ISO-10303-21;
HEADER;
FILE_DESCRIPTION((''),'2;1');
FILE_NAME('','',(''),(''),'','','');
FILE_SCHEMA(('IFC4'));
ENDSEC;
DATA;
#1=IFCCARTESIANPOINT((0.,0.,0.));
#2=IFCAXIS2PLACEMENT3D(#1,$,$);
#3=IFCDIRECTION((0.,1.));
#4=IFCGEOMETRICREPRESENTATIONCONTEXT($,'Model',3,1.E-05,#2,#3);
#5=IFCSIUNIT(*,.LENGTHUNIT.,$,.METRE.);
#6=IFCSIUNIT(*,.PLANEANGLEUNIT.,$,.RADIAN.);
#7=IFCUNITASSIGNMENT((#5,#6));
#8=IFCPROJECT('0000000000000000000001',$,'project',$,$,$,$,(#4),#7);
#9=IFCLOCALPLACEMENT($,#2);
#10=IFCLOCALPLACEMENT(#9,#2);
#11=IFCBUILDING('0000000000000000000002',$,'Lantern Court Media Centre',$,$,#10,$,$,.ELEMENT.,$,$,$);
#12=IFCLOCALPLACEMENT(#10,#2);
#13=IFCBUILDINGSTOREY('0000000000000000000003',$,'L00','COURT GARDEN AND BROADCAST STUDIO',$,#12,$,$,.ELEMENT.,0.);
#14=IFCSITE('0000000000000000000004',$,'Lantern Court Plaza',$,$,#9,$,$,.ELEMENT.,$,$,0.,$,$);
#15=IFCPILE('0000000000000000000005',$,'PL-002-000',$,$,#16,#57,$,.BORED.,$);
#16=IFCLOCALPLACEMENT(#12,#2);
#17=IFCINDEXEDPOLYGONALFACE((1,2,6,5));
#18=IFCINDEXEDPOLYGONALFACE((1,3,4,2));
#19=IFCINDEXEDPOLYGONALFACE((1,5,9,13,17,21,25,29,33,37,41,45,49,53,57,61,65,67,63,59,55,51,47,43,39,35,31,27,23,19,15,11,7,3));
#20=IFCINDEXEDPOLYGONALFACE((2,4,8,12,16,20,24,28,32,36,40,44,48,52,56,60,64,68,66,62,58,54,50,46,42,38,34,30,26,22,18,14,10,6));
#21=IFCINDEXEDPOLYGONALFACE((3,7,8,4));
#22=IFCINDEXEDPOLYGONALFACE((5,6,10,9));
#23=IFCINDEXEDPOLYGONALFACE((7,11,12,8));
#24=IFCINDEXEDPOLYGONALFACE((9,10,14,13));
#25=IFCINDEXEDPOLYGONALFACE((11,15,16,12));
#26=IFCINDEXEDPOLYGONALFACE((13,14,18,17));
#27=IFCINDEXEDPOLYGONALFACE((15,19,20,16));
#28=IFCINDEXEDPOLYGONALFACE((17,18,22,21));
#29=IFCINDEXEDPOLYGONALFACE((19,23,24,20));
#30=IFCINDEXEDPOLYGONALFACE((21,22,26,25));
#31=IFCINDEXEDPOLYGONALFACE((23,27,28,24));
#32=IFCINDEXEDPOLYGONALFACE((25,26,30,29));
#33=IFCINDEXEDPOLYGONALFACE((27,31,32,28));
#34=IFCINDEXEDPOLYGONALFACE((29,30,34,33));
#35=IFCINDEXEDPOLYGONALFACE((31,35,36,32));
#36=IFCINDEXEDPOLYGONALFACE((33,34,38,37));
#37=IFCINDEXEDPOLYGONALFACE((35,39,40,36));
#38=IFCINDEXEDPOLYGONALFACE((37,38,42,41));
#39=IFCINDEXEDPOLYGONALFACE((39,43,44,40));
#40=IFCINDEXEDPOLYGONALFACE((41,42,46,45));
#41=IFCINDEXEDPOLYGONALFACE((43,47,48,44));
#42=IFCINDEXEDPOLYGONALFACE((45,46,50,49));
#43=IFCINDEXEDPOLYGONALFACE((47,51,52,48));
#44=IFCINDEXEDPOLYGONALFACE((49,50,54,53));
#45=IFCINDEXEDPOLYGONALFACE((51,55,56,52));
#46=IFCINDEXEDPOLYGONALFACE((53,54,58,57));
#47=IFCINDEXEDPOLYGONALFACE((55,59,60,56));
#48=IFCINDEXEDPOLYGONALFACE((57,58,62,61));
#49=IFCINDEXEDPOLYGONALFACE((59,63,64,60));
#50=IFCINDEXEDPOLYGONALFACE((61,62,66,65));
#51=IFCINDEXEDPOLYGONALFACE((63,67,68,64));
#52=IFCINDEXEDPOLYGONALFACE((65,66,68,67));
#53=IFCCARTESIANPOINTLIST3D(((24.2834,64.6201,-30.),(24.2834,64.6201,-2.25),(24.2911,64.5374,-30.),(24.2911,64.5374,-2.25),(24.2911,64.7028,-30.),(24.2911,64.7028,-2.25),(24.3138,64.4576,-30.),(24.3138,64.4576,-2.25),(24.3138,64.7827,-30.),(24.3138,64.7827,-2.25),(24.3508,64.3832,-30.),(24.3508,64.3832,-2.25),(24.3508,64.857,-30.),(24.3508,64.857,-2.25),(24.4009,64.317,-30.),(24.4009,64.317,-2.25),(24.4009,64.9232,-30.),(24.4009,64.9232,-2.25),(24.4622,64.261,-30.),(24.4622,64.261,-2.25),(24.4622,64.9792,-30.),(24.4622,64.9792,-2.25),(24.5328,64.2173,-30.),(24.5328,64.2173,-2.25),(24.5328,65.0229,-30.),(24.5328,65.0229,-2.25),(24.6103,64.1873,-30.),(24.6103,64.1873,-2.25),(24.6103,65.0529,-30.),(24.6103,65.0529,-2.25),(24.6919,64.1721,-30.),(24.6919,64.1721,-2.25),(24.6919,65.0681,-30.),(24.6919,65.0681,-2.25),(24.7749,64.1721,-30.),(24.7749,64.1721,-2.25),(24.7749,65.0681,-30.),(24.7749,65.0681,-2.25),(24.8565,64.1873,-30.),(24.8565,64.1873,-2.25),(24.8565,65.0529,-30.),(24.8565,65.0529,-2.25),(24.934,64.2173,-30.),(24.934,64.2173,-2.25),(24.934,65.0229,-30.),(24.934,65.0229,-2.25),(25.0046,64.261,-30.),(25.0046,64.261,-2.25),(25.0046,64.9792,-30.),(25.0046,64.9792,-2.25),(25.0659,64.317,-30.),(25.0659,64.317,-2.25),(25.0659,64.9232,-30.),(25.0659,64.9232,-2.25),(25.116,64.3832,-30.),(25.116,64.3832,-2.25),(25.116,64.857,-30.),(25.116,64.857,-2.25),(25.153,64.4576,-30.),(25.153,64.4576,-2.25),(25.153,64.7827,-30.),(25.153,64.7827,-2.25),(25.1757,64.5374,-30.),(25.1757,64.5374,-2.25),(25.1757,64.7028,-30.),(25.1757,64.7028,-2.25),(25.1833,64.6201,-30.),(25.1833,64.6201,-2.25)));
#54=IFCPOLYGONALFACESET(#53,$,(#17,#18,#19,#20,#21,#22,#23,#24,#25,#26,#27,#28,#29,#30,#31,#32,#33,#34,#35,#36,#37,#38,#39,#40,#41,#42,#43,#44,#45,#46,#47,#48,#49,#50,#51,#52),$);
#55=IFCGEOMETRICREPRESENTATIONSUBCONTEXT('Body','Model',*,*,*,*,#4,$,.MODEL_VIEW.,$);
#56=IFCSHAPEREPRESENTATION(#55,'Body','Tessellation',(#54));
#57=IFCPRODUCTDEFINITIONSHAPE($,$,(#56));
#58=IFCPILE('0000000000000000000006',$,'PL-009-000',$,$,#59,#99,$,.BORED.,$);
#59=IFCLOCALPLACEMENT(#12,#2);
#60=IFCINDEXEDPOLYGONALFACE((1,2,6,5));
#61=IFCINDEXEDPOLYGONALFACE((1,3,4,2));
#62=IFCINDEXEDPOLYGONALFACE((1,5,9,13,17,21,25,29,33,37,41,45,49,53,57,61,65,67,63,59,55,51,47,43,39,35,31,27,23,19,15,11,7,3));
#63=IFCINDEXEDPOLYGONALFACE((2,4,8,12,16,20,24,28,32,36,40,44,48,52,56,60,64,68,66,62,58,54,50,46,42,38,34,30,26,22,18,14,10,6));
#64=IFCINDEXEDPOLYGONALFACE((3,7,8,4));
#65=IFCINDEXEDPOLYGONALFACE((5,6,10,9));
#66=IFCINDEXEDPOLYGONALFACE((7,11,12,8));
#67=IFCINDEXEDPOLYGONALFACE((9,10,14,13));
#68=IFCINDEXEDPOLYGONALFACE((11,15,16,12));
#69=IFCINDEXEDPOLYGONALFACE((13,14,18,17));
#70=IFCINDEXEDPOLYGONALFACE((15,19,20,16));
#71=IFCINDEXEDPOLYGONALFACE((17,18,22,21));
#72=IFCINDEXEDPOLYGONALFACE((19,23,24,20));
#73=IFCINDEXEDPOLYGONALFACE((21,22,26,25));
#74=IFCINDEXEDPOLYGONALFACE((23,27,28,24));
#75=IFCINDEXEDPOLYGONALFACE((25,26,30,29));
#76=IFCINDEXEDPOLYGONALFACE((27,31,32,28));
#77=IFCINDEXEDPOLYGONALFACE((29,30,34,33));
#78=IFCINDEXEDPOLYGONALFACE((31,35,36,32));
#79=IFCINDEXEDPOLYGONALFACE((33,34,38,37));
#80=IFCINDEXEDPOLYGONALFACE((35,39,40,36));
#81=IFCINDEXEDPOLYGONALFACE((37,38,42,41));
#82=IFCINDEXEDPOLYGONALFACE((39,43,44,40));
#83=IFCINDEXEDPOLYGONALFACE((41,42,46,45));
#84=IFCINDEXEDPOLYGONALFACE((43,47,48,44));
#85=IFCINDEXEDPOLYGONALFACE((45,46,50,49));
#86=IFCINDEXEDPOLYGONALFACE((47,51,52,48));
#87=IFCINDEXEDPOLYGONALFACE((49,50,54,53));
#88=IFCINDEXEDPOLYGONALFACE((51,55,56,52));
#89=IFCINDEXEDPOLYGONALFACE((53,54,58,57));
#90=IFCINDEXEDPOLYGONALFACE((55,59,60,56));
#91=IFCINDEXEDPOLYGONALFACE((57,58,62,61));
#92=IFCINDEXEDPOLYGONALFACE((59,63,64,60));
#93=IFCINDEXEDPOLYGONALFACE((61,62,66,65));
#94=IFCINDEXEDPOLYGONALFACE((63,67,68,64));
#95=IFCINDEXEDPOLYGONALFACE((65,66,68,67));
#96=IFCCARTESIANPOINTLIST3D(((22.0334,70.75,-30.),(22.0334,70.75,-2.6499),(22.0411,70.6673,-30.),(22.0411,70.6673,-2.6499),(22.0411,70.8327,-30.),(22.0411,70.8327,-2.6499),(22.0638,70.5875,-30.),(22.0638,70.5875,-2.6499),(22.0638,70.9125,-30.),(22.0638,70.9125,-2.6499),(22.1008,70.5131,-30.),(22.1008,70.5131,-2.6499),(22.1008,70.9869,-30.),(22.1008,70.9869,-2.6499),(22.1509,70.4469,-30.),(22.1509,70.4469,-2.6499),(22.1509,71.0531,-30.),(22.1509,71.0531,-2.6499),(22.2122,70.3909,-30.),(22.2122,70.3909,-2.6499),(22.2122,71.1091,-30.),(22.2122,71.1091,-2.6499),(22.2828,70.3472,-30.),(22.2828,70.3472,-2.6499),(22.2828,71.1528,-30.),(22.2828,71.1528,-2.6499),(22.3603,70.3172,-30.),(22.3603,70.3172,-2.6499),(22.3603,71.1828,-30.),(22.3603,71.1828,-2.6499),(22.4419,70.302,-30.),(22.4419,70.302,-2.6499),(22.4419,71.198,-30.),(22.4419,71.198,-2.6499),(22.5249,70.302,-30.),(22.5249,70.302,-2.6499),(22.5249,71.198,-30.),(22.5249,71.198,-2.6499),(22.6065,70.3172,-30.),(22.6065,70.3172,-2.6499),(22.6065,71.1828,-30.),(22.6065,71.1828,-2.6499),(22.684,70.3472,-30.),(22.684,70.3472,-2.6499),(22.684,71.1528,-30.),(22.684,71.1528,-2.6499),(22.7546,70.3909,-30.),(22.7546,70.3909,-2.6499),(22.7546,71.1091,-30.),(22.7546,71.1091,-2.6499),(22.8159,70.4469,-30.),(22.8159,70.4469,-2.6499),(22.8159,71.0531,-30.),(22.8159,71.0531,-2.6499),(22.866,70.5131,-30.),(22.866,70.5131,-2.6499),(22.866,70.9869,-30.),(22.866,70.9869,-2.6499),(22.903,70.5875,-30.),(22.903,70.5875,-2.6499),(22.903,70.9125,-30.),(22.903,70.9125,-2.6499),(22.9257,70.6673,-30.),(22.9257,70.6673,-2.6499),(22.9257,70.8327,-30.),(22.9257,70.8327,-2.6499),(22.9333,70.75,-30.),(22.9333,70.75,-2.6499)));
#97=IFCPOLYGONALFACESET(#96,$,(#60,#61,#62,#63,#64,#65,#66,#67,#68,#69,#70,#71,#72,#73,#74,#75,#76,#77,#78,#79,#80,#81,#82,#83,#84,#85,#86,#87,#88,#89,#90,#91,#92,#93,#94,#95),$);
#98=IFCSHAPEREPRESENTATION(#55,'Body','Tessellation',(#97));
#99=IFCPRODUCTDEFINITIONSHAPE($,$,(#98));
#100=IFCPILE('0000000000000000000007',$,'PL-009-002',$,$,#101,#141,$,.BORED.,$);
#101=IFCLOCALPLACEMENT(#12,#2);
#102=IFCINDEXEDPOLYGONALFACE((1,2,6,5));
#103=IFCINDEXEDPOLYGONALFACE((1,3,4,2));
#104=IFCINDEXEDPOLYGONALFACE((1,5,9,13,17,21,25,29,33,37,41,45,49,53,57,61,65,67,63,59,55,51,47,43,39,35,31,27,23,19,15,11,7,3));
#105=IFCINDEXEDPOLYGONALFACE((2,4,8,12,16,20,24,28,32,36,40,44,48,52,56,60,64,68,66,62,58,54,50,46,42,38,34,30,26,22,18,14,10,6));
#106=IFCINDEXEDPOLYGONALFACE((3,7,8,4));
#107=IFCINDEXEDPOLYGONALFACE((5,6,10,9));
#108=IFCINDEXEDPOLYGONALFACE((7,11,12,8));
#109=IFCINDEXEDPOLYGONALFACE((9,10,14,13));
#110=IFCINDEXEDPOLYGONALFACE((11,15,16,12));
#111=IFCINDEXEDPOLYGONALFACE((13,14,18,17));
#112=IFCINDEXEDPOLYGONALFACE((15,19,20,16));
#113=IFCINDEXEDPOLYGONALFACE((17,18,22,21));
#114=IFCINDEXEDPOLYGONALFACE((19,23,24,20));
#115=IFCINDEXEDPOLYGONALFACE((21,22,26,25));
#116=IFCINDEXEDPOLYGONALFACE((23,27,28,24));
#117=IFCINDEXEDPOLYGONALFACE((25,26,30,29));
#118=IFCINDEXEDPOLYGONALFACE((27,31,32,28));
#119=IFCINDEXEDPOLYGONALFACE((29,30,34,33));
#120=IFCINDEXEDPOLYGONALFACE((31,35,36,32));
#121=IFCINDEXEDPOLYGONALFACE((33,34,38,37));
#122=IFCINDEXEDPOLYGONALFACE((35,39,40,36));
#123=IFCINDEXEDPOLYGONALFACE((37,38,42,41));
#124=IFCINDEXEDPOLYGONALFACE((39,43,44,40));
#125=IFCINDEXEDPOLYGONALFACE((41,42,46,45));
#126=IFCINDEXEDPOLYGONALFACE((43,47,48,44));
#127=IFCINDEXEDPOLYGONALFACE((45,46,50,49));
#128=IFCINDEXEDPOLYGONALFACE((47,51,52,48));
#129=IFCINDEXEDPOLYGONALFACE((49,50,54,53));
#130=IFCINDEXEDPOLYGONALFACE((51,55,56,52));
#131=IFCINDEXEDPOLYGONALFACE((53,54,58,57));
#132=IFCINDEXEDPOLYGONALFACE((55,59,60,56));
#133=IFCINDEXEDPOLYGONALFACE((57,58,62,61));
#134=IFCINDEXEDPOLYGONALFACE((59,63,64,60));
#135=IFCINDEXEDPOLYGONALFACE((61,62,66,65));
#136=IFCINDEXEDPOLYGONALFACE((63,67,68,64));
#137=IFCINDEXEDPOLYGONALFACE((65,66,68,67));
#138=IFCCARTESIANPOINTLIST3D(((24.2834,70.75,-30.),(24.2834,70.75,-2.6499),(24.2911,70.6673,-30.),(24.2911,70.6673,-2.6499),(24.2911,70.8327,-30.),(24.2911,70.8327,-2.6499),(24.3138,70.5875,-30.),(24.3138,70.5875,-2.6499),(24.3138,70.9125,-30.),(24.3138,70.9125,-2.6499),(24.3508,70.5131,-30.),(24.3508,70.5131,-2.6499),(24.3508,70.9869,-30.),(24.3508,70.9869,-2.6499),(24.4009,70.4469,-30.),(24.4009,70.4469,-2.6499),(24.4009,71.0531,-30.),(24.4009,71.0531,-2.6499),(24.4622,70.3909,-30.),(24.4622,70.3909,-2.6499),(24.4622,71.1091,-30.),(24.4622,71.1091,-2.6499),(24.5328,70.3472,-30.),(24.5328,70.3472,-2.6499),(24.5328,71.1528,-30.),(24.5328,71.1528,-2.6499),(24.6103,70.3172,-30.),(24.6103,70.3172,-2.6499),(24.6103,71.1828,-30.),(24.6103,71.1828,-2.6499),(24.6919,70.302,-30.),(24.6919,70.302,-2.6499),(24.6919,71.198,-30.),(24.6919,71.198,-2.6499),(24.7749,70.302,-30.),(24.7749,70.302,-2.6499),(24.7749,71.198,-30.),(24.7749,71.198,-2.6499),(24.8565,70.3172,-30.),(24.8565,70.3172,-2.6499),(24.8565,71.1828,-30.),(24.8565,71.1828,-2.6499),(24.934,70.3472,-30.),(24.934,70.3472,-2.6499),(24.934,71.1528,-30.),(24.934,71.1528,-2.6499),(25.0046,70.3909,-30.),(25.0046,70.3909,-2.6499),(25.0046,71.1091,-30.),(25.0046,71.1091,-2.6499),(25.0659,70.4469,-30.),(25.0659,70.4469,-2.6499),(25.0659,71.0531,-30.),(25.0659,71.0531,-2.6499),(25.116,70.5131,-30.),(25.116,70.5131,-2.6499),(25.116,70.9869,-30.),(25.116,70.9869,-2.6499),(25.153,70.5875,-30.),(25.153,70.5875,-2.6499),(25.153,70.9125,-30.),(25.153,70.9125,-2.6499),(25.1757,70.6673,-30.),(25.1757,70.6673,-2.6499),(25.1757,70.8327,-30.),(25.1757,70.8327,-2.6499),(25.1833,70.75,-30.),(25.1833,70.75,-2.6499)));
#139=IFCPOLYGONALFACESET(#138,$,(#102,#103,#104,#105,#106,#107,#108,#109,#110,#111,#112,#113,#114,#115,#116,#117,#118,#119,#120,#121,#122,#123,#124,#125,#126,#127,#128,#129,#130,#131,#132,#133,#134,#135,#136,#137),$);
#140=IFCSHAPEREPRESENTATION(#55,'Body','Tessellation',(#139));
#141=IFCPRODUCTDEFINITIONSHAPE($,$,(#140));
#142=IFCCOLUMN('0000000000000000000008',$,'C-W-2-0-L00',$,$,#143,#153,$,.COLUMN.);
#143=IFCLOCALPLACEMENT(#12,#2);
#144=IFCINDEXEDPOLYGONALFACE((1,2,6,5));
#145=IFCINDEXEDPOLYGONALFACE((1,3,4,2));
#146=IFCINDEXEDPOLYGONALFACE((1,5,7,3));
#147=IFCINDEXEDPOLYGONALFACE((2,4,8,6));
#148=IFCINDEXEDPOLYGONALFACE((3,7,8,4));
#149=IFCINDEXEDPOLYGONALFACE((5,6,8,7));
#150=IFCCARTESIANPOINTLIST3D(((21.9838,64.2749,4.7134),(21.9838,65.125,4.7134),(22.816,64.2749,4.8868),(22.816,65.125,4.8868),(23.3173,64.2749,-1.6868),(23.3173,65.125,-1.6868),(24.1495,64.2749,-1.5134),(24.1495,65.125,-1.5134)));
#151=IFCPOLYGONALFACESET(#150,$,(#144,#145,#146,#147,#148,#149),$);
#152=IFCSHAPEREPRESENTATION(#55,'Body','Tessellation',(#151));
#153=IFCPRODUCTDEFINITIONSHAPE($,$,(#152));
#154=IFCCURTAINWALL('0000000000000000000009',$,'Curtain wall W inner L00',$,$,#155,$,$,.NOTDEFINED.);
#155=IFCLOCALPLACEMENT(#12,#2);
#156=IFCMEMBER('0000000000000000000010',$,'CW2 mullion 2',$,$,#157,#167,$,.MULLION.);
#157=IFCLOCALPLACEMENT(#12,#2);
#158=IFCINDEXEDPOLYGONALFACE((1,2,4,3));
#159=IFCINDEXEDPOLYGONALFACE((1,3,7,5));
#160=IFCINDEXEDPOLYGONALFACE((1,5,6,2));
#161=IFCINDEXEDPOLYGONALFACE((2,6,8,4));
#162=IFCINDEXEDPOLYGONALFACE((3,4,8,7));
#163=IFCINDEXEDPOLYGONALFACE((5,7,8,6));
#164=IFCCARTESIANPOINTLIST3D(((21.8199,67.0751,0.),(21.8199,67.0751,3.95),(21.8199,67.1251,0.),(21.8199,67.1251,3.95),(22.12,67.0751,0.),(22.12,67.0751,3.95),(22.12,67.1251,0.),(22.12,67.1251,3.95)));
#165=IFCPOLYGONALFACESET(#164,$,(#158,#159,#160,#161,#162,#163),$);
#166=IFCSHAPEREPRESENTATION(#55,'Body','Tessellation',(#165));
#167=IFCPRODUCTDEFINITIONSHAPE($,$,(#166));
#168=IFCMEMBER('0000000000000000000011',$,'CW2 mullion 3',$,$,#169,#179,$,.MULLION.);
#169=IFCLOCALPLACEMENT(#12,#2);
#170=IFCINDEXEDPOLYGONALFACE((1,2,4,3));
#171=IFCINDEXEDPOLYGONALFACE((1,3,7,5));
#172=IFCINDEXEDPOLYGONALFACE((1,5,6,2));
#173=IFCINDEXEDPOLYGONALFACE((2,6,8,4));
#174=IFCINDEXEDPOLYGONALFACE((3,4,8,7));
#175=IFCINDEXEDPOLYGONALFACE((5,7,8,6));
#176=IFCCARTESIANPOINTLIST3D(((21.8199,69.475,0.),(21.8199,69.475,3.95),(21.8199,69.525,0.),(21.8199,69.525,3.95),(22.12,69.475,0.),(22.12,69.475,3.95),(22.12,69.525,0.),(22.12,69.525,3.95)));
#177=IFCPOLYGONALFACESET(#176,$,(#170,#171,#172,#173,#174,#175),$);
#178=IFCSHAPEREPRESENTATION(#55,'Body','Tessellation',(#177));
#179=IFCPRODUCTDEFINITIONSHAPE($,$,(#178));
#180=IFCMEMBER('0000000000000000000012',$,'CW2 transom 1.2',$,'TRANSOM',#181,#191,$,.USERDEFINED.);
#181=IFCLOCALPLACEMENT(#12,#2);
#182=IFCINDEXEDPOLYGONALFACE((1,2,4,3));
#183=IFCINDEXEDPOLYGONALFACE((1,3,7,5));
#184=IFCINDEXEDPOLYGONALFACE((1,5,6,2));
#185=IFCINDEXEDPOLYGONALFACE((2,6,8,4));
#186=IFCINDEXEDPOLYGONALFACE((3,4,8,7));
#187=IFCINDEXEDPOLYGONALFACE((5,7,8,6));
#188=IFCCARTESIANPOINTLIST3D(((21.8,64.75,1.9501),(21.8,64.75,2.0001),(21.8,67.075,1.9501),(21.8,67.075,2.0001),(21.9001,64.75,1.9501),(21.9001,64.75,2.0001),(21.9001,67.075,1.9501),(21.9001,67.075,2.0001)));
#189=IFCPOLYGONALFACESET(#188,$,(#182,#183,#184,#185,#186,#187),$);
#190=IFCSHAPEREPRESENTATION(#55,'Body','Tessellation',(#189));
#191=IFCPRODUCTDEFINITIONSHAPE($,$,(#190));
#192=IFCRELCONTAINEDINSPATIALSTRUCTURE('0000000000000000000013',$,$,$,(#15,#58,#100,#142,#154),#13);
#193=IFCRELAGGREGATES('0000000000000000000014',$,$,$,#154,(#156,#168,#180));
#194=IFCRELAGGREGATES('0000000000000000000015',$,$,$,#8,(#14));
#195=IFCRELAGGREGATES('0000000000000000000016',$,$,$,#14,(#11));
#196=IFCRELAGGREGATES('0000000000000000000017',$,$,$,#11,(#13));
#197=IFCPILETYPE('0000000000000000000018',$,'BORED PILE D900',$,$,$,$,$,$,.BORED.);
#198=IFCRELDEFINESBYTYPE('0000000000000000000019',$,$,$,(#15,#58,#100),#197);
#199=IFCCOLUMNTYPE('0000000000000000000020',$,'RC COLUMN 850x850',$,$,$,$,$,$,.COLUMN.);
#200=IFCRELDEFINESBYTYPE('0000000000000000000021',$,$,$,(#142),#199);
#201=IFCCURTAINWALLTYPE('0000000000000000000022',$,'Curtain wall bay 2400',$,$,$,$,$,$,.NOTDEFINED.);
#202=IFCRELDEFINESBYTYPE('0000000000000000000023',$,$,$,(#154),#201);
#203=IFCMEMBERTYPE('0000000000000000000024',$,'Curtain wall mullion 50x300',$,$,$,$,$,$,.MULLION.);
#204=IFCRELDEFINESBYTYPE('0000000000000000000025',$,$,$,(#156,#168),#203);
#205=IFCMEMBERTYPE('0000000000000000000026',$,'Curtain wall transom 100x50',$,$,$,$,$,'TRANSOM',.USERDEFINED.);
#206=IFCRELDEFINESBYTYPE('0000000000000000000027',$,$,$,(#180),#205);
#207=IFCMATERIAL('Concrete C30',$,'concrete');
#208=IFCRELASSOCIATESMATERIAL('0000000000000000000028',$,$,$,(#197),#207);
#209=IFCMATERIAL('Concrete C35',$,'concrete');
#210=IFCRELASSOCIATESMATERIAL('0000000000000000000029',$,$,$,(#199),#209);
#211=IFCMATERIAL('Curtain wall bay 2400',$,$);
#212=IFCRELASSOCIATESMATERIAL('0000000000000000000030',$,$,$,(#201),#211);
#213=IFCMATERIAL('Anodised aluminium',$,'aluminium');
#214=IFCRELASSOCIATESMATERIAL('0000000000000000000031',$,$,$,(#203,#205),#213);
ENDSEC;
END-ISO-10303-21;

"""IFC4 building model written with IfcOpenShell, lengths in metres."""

from ifc_helpers import new_model, si_unit, direction, frame, origin, origin_2d, place, context, subcontext, project, spatial, rectangle, circle, extrude, material, material_profile, profile_set, type_object, element, aggregate, save


model = new_model("IFC4")

# Units and contexts
model_context = context("Model", 3, precision=1e-05, world=origin(), true_north=direction((0.0, 1.0)))
body_context = subcontext(model_context, "Body", "Model", "MODEL_VIEW")
ifc_project = project(units=[si_unit("LENGTHUNIT", "METRE"), si_unit("PLANEANGLEUNIT", "RADIAN")], contexts=[model_context])

# Site, building, storey
site_placement = place(None, origin())
site = spatial("IfcSite", under=ifc_project, at=site_placement, Name="Lantern Court Plaza", CompositionType="ELEMENT", RefElevation=0.0)
building_placement = place(site_placement, origin())
building = spatial("IfcBuilding", under=site, at=building_placement, Name="Lantern Court Media Centre", CompositionType="ELEMENT")
storey_placement = place(building_placement, origin())
storey = spatial("IfcBuildingStorey", under=building, at=storey_placement, Name="L00", Description="COURT GARDEN AND BROADCAST STUDIO", CompositionType="ELEMENT", Elevation=0.0)

# Piles
ifc_material_1 = material(Name="Concrete C30", Category="concrete")
ifc_material_profile_1 = material_profile(ifc_material_1, circle(Radius=0.45, at=origin_2d()), Name="D900")
ifc_profile_set_1 = profile_set([ifc_material_profile_1], Name="Concrete C30")
pile_type = type_object("IfcPileType", Name="BORED PILE D900", PredefinedType="BORED", material=ifc_profile_set_1)
pile_placement = place(storey_placement, frame((24.7334, 64.6201, -2.25), z_axis=(0.0, 0.0, -1.0), x_axis=(1.0, 0.0, 0.0)))
element("IfcPile", 1, at=pile_placement, inside=storey, type_object=pile_type, Name="PL-002-000", PredefinedType="BORED", context=body_context, shape_type="SweptSolid", body=[
    extrude(circle(Radius=0.45, at=origin_2d()), origin(), (0.0, 0.0, 1.0), 27.75),
])
for number, where, z_axis, x_axis, name in (
    (2, (22.4834, 70.75, -2.6499), (0.0, 0.0, -1.0), (1.0, 0.0, 0.0), "PL-009-000"),
    (3, (24.7334, 70.75, -2.6499), (0.0, 0.0, -1.0), (1.0, 0.0, 0.0), "PL-009-002"),
):
    element("IfcPile", number, at=place(storey_placement, frame(where, z_axis=z_axis, x_axis=x_axis)), inside=storey, type_object=pile_type, Name=name, PredefinedType="BORED", context=body_context, shape_type="SweptSolid", body=[
        extrude(circle(Radius=0.45, at=origin_2d()), origin(), (0.0, 0.0, 1.0), 27.3501),
    ])

# Column
ifc_material_2 = material(Name="Concrete C35", Category="concrete")
ifc_material_profile_2 = material_profile(ifc_material_2, rectangle(XDim=0.8501, YDim=0.8501, at=origin_2d()), Name="RC 850x850")
ifc_profile_set_2 = profile_set([ifc_material_profile_2], Name="Concrete C35")
column_type = type_object("IfcColumnType", Name="RC COLUMN 850x850", PredefinedType="COLUMN", material=ifc_profile_set_2)
column_placement = place(storey_placement, frame((23.7334, 64.7, -1.6001), z_axis=(-0.203974, 0.0, 0.978976), x_axis=(0.0, -1.0, 0.0)))
element("IfcColumn", 4, at=column_placement, inside=storey, type_object=column_type, Name="C-W-2-0-L00", PredefinedType="COLUMN", context=body_context, shape_type="SweptSolid", body=[
    extrude(rectangle(XDim=0.8501, YDim=0.8501, at=origin_2d()), origin(), (0.0, 0.0, 1.0), 6.5376),
])

# Curtain wall, members
ifc_material_3 = material(Name="Curtain wall bay 2400")
curtain_wall_type = type_object("IfcCurtainWallType", Name="Curtain wall bay 2400", PredefinedType="NOTDEFINED", material=ifc_material_3)
curtain_wall_placement = place(storey_placement, origin())
curtain_wall = element("IfcCurtainWall", 5, at=curtain_wall_placement, inside=storey, type_object=curtain_wall_type, Name="Curtain wall W inner L00", PredefinedType="NOTDEFINED")
ifc_material_4 = material(Name="Anodised aluminium", Category="aluminium")
ifc_material_profile_3 = material_profile(ifc_material_4, rectangle(XDim=0.3, YDim=0.05, at=origin_2d()), Name="AL 50x300")
ifc_profile_set_3 = profile_set([ifc_material_profile_3], Name="Anodised aluminium")
member_type_1 = type_object("IfcMemberType", Name="Curtain wall mullion 50x300", PredefinedType="MULLION", material=ifc_profile_set_3)
member_1_placement = place(storey_placement, frame((21.97, 67.1001, 0.0), z_axis=(0.0, 0.0, 1.0), x_axis=(-1.0, 0.0, 0.0)))
member_1 = element("IfcMember", 6, at=member_1_placement, type_object=member_type_1, Name="CW2 mullion 2", PredefinedType="MULLION", context=body_context, shape_type="SweptSolid", body=[
    extrude(rectangle(XDim=0.3, YDim=0.05, at=origin_2d()), origin(), (0.0, 0.0, 1.0), 3.95),
])
member_2_placement = place(storey_placement, frame((21.97, 69.5, 0.0), z_axis=(0.0, 0.0, 1.0), x_axis=(-1.0, 0.0, 0.0)))
member_2 = element("IfcMember", 7, at=member_2_placement, type_object=member_type_1, Name="CW2 mullion 3", PredefinedType="MULLION", context=body_context, shape_type="SweptSolid", body=[
    extrude(rectangle(XDim=0.3, YDim=0.05, at=origin_2d()), origin(), (0.0, 0.0, 1.0), 3.95),
])
ifc_material_profile_4 = material_profile(ifc_material_4, rectangle(XDim=0.1001, YDim=0.05, at=origin_2d()), Name="AL 50x100")
ifc_profile_set_4 = profile_set([ifc_material_profile_4], Name="Anodised aluminium")
member_type_2 = type_object("IfcMemberType", Name="Curtain wall transom 100x50", ElementType="TRANSOM", PredefinedType="USERDEFINED", material=ifc_profile_set_4)
member_3_placement = place(storey_placement, frame((21.8501, 64.75, 1.9751), z_axis=(0.0, 1.0, 0.0), x_axis=(-1.0, 0.0, 0.0)))
member_3 = element("IfcMember", 8, at=member_3_placement, type_object=member_type_2, Name="CW2 transom 1.2", ObjectType="TRANSOM", PredefinedType="USERDEFINED", context=body_context, shape_type="SweptSolid", body=[
    extrude(rectangle(XDim=0.1001, YDim=0.05, at=origin_2d()), origin(), (0.0, 0.0, 1.0), 2.325),
])

aggregate(curtain_wall, [member_1, member_2, member_3])

save(model, "model.ifc")
